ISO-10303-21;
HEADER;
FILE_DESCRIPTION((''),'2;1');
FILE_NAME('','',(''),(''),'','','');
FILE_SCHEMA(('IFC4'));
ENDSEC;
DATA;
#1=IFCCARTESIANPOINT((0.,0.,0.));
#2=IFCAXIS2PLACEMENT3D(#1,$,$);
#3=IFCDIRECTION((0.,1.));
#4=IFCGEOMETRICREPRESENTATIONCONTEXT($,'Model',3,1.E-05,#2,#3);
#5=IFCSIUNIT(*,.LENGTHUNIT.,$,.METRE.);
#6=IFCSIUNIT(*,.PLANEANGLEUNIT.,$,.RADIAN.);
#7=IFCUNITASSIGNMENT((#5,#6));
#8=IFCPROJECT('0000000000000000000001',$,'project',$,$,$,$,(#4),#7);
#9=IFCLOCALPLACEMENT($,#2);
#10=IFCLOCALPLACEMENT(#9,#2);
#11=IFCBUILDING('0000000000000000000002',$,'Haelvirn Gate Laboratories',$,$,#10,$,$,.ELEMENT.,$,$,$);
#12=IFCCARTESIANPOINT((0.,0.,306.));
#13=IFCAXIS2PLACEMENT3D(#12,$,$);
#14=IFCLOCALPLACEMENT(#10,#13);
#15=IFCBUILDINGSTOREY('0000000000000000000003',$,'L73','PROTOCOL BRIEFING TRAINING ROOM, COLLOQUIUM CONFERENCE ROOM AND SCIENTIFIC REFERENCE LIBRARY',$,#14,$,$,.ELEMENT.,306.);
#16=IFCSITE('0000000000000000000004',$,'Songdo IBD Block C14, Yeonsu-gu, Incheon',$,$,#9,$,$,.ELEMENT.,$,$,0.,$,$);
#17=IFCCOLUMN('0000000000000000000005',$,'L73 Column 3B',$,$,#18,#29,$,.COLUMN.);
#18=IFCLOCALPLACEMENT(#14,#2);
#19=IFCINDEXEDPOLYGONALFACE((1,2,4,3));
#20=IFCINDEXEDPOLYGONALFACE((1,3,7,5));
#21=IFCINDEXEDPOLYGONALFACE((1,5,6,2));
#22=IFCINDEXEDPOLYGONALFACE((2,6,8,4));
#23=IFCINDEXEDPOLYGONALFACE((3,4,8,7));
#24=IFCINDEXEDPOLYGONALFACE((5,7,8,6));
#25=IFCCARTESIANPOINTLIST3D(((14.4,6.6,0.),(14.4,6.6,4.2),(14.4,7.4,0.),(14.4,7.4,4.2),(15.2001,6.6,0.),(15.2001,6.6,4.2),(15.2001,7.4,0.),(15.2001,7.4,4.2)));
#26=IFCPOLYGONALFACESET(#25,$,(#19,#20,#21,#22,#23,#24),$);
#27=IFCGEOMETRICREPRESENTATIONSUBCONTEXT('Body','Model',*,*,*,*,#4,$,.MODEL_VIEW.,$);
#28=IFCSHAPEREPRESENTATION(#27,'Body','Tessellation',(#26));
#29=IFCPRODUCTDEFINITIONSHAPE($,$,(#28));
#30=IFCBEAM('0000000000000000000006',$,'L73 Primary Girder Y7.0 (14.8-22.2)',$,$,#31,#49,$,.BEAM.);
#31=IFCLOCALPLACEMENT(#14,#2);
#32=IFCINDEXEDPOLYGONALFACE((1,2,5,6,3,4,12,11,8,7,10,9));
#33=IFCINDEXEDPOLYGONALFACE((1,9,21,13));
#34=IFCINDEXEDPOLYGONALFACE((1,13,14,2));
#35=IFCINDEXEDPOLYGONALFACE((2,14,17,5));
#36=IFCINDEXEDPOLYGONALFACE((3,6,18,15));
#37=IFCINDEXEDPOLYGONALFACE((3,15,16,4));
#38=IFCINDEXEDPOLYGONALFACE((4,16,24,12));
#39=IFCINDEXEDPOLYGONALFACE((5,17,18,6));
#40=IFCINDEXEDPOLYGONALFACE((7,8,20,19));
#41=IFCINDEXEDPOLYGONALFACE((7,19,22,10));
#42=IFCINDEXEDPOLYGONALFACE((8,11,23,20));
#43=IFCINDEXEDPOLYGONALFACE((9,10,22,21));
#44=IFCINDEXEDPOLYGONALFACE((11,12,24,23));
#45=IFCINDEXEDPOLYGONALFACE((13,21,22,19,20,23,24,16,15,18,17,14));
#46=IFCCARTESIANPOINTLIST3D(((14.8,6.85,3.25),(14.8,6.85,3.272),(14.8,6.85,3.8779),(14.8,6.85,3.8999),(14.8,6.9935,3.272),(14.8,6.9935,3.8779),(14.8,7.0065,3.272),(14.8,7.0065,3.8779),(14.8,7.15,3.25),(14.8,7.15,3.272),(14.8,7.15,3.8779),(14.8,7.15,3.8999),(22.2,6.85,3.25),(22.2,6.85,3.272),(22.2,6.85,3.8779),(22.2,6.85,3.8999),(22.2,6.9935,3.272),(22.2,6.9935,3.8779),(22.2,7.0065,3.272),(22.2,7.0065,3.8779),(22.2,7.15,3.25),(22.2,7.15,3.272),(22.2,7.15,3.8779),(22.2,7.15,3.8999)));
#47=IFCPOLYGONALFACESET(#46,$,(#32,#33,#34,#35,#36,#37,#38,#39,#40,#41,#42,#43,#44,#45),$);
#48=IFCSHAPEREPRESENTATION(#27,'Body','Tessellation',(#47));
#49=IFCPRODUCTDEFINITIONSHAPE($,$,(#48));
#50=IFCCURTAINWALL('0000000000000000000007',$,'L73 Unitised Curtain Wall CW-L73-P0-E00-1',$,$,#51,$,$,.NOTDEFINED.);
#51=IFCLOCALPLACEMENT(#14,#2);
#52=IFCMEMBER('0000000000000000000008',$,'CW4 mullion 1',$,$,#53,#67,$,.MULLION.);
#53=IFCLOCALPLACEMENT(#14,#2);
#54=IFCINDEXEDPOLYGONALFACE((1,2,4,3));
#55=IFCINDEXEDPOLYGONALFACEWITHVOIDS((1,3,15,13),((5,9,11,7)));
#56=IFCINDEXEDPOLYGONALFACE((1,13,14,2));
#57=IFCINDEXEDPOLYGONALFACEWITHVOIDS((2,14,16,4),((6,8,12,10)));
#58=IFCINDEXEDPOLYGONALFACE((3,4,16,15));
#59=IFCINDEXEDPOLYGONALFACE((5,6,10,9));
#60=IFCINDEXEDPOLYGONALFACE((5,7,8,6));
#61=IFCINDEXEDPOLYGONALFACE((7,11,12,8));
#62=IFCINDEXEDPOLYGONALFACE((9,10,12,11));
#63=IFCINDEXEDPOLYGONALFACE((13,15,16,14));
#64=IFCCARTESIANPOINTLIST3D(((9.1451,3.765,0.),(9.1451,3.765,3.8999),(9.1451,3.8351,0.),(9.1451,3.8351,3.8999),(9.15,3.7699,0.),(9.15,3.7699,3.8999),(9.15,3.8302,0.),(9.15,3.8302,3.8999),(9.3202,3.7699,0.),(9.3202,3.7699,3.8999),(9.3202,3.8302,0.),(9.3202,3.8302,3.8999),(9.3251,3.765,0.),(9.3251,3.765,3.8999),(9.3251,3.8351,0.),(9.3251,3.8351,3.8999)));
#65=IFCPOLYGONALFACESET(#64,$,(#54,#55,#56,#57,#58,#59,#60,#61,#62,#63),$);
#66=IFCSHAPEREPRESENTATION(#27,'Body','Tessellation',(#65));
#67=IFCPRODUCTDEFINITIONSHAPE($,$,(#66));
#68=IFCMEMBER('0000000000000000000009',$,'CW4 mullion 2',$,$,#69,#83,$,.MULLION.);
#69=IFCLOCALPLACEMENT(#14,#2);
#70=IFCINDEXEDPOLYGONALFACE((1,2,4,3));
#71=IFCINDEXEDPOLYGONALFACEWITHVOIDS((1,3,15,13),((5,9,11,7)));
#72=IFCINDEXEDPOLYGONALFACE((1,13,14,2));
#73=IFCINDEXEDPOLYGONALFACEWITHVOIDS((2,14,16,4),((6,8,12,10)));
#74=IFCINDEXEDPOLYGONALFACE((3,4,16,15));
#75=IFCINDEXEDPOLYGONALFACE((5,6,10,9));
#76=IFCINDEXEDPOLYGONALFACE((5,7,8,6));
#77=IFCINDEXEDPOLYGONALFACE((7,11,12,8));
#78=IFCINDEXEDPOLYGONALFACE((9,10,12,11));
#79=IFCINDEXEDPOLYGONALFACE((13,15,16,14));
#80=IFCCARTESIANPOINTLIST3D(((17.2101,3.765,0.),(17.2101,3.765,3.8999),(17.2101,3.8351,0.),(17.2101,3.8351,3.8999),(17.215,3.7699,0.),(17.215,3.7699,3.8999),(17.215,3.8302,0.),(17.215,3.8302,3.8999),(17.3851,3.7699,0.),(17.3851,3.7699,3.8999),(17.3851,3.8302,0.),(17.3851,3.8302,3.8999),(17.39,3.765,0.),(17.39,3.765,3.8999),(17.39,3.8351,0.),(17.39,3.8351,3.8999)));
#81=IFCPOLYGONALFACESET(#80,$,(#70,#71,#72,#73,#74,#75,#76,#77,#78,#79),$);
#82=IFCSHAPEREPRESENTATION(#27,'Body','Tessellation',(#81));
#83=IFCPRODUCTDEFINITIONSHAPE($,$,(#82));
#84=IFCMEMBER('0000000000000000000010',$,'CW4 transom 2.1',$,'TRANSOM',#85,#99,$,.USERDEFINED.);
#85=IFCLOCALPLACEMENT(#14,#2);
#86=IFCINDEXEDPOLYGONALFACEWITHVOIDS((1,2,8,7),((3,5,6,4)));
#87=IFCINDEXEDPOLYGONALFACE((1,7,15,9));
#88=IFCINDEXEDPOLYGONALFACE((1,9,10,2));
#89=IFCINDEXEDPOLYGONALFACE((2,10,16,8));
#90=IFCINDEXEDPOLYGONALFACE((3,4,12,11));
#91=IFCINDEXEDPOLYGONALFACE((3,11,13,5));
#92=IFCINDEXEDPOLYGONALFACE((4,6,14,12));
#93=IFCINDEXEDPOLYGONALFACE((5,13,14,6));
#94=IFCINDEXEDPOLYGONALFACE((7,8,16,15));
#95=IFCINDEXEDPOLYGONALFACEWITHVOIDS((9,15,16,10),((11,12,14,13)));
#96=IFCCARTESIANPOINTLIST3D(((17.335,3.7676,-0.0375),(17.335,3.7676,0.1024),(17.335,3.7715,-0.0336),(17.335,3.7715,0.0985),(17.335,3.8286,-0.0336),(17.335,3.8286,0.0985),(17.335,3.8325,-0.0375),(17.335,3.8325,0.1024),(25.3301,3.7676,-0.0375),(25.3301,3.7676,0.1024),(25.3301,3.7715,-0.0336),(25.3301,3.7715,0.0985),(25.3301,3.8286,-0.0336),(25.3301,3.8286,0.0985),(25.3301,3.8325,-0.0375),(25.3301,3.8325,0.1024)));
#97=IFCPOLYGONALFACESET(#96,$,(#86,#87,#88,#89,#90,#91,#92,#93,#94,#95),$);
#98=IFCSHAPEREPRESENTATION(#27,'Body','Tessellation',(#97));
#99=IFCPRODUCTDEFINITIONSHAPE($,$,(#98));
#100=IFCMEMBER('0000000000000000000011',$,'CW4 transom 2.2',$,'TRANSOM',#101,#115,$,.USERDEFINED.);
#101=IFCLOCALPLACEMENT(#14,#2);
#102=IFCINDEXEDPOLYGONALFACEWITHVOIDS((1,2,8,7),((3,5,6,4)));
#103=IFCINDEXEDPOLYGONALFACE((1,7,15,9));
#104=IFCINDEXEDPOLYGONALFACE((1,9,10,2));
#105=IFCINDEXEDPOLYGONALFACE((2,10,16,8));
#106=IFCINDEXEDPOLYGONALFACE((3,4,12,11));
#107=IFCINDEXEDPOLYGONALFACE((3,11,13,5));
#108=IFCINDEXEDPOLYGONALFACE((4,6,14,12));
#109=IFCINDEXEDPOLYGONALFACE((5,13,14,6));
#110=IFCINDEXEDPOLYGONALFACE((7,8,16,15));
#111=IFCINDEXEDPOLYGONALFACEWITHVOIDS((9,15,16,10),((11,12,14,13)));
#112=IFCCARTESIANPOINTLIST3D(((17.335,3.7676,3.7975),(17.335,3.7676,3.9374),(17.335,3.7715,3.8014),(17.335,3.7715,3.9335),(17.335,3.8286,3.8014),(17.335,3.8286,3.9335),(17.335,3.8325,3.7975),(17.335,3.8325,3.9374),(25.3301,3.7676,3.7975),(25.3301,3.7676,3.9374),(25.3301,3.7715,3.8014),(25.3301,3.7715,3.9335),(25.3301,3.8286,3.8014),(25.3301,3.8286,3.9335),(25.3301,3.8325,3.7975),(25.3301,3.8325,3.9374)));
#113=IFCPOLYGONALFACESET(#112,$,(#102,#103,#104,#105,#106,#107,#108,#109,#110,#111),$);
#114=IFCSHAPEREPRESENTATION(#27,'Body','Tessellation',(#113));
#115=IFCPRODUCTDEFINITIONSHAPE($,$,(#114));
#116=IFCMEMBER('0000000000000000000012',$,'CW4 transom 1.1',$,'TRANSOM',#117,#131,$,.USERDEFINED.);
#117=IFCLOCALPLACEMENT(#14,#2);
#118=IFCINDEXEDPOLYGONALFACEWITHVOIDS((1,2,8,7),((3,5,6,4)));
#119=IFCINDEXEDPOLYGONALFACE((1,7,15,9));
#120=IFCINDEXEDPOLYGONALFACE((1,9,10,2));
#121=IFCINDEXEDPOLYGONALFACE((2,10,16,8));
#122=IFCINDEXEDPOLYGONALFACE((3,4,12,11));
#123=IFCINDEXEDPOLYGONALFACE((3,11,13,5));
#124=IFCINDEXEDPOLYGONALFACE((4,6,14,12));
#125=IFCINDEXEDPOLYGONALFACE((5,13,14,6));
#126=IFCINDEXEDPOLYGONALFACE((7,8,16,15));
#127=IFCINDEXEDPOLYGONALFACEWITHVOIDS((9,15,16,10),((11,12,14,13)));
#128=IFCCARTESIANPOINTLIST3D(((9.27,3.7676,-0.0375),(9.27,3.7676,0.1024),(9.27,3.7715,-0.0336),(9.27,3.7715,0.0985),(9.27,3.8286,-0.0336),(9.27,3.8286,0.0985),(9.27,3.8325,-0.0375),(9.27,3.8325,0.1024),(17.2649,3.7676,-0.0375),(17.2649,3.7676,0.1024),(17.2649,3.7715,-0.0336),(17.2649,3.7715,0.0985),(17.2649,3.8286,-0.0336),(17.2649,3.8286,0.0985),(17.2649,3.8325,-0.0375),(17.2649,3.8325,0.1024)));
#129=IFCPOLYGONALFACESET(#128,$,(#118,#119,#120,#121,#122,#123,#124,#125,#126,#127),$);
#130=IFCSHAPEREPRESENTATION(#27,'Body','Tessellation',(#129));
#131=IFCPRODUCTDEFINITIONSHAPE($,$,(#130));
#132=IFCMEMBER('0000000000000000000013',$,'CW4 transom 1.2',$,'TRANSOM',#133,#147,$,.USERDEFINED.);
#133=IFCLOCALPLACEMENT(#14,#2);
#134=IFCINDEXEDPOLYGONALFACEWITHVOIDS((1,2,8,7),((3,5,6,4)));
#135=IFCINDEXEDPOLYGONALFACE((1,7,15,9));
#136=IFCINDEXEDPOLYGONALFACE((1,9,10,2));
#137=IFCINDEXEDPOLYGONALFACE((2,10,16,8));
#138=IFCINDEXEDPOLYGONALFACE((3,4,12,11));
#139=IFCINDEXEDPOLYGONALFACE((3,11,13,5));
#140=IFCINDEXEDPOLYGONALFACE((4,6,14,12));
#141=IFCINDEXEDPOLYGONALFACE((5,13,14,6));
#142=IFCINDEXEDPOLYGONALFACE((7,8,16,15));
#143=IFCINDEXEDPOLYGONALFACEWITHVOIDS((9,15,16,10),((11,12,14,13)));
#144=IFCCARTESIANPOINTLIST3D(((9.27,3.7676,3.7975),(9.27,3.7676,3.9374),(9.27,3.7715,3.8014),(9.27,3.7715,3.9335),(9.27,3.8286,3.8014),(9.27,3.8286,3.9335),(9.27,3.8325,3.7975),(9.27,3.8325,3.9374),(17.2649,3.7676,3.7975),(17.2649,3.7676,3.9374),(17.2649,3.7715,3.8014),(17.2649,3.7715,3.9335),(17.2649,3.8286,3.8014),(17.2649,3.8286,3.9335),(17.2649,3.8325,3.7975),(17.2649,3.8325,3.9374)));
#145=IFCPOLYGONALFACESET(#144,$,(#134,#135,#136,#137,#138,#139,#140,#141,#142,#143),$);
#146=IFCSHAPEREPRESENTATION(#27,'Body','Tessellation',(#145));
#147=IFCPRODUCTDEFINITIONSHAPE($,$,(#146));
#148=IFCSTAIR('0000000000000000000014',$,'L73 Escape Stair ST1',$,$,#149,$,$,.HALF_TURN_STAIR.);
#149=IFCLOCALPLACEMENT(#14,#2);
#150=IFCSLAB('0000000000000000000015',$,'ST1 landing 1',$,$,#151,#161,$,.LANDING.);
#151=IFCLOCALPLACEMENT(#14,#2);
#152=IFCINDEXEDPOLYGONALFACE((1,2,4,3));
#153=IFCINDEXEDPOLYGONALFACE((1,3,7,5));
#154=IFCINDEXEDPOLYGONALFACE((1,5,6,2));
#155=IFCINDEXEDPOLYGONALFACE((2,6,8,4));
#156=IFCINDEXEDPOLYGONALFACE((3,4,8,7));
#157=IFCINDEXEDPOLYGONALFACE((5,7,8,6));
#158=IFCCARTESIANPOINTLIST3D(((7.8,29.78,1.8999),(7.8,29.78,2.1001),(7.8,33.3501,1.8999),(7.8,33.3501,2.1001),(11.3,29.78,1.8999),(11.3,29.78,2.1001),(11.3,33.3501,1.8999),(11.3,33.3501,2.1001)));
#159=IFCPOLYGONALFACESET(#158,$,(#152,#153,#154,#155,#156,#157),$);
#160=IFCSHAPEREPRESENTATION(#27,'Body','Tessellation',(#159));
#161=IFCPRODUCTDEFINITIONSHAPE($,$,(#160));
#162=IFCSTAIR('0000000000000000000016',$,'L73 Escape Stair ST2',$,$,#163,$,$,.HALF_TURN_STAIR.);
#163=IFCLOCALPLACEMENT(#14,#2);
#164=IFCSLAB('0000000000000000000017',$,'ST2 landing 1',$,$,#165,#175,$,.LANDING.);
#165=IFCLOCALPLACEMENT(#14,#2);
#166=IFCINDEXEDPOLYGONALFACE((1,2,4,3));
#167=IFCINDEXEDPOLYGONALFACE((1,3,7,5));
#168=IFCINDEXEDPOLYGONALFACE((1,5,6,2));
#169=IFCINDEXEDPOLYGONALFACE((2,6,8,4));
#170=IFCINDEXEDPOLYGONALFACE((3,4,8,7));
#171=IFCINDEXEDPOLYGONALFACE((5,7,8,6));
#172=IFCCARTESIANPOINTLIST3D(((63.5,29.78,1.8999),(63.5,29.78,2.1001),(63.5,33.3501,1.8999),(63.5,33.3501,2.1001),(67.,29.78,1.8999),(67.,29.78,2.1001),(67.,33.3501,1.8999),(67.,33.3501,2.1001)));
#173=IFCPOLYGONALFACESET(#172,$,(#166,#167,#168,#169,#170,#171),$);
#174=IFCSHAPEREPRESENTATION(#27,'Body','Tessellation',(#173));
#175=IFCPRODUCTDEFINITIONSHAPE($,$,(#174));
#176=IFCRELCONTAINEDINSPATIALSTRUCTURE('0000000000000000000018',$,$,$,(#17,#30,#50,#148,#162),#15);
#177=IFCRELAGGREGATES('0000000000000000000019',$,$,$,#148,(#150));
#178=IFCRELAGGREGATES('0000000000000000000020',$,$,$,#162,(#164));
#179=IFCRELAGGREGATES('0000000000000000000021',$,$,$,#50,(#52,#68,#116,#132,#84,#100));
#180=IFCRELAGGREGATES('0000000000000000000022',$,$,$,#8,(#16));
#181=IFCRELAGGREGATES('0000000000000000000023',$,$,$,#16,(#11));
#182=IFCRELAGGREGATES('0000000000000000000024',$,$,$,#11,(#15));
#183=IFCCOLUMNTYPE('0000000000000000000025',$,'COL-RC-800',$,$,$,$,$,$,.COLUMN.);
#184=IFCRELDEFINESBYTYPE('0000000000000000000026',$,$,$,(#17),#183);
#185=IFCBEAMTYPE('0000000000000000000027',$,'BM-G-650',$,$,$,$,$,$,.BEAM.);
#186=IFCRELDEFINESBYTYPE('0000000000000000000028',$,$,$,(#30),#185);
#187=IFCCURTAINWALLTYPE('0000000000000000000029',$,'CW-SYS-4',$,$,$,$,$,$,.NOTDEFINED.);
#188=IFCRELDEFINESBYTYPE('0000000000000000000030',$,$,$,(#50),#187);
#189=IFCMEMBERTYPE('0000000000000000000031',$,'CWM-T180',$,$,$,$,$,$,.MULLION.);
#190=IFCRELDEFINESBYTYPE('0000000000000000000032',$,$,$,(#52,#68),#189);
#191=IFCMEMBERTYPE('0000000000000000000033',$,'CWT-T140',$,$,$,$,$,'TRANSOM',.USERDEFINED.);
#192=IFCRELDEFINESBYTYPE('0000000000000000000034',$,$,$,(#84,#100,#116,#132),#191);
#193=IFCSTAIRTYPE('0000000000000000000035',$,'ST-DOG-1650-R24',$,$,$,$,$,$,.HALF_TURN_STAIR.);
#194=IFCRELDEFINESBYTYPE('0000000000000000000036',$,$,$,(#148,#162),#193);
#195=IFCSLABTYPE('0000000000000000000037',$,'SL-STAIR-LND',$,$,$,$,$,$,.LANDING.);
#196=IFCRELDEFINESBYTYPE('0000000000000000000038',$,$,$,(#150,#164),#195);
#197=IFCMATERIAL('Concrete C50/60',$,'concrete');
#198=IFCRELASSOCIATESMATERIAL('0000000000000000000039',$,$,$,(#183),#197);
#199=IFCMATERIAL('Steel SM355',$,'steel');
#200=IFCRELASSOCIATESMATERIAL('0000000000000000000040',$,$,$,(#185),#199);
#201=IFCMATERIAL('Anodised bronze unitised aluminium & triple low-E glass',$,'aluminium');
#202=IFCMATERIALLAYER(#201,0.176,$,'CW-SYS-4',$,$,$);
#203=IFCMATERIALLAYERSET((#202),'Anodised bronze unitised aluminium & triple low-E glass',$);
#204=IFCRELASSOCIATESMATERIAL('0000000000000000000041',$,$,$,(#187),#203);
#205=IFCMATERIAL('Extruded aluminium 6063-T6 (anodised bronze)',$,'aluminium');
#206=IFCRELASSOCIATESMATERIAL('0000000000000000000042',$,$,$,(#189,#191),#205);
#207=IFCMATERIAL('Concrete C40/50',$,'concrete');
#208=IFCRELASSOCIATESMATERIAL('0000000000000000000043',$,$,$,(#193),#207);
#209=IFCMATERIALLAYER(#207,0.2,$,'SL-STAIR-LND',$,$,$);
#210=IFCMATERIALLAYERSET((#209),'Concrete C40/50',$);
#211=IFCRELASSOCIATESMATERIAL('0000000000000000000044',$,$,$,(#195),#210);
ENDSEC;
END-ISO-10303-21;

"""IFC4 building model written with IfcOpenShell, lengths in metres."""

from ifc_helpers import new_model, si_unit, direction, frame, origin, origin_2d, place, context, subcontext, project, spatial, polyline, rectangle, hollow_rectangle, i_section, outline, extrude, source, transform, mapped, material, layer, layer_set, material_profile, profile_set, type_object, type_shapes, element, aggregate, save


model = new_model("IFC4")

# Units and contexts
model_context = context("Model", 3, precision=1e-05, world=origin(), true_north=direction((0.0, 1.0)))
body_context = subcontext(model_context, "Body", "Model", "MODEL_VIEW")
ifc_project = project(units=[si_unit("LENGTHUNIT", "METRE"), si_unit("PLANEANGLEUNIT", "RADIAN")], contexts=[model_context])

# Site, building, storey
site_placement = place(None, origin())
site = spatial("IfcSite", under=ifc_project, at=site_placement, Name="Songdo IBD Block C14, Yeonsu-gu, Incheon", CompositionType="ELEMENT", RefElevation=0.0)
building_placement = place(site_placement, origin())
building = spatial("IfcBuilding", under=site, at=building_placement, Name="Haelvirn Gate Laboratories", CompositionType="ELEMENT")
storey_placement = place(building_placement, frame((0.0, 0.0, 306.0)))
storey = spatial("IfcBuildingStorey", under=building, at=storey_placement, Name="L73", Description="PROTOCOL BRIEFING TRAINING ROOM, COLLOQUIUM CONFERENCE ROOM AND SCIENTIFIC REFERENCE LIBRARY", CompositionType="ELEMENT", Elevation=306.0)

# Column
ifc_material_1 = material(Name="Concrete C50/60", Category="concrete")
ifc_material_profile_1 = material_profile(ifc_material_1, rectangle(XDim=0.8, YDim=0.8, at=origin_2d()), Name="RC-800x800")
ifc_profile_set_1 = profile_set([ifc_material_profile_1], Name="Concrete C50/60")
column_type = type_object("IfcColumnType", Name="COL-RC-800", PredefinedType="COLUMN", material=ifc_profile_set_1)
shared_shape_1 = source(origin(), body_context, "Body", "SweptSolid", [
    extrude(rectangle(XDim=0.8, YDim=0.8, at=origin_2d()), origin(), (0.0, 0.0, 1.0), 4.2),
])
type_shapes(column_type, [shared_shape_1])
column_placement = place(storey_placement, frame((14.8, 7.0, 0.0), z_axis=(0.0, 0.0, 1.0), x_axis=(1.0, 0.0, 0.0)))
element("IfcColumn", 1, at=column_placement, inside=storey, type_object=column_type, Name="L73 Column 3B", PredefinedType="COLUMN", context=body_context, shape_type="MappedRepresentation", body=[
    mapped(shared_shape_1, transform((0.0, 0.0, 0.0), scale=1.0)),
])

# Beam
ifc_material_2 = material(Name="Steel SM355", Category="steel")
ifc_material_profile_2 = material_profile(ifc_material_2, i_section(OverallWidth=0.3, OverallDepth=0.6499, WebThickness=0.0129, FlangeThickness=0.022, at=origin_2d()), Name="H-650x300x13x22")
ifc_profile_set_2 = profile_set([ifc_material_profile_2], Name="Steel SM355")
beam_type = type_object("IfcBeamType", Name="BM-G-650", PredefinedType="BEAM", material=ifc_profile_set_2)
shared_shape_2 = source(origin(), body_context, "Body", "SweptSolid", [
    extrude(i_section(OverallWidth=0.3, OverallDepth=0.6499, WebThickness=0.0129, FlangeThickness=0.022, at=origin_2d()), origin(), (0.0, 0.0, 1.0), 7.3999),
])
type_shapes(beam_type, [shared_shape_2])
beam_placement = place(storey_placement, frame((14.8, 7.0, 3.575), z_axis=(1.0, 0.0, 0.0), x_axis=(0.0, 1.0, 0.0)))
element("IfcBeam", 2, at=beam_placement, inside=storey, type_object=beam_type, Name="L73 Primary Girder Y7.0 (14.8-22.2)", PredefinedType="BEAM", context=body_context, shape_type="MappedRepresentation", body=[
    mapped(shared_shape_2, transform((0.0, 0.0, 0.0), scale=1.0)),
])

# Curtain wall, members
ifc_material_3 = material(Name="Anodised bronze unitised aluminium & triple low-E glass", Category="aluminium")
ifc_layer_1 = layer(ifc_material_3, 0.176, Name="CW-SYS-4")
ifc_layer_set_1 = layer_set([ifc_layer_1], Name="Anodised bronze unitised aluminium & triple low-E glass")
curtain_wall_type = type_object("IfcCurtainWallType", Name="CW-SYS-4", PredefinedType="NOTDEFINED", material=ifc_layer_set_1)
curtain_wall_placement = place(storey_placement, origin())
curtain_wall = element("IfcCurtainWall", 3, at=curtain_wall_placement, inside=storey, type_object=curtain_wall_type, Name="L73 Unitised Curtain Wall CW-L73-P0-E00-1", PredefinedType="NOTDEFINED")
ifc_material_4 = material(Name="Extruded aluminium 6063-T6 (anodised bronze)", Category="aluminium")
ifc_material_profile_3 = material_profile(ifc_material_4, hollow_rectangle(XDim=0.0701, YDim=0.1799, WallThickness=0.0049, at=origin_2d()), Name="CWM-180x70x5")
ifc_profile_set_3 = profile_set([ifc_material_profile_3], Name="Extruded aluminium 6063-T6 (anodised bronze)")
member_type_1 = type_object("IfcMemberType", Name="CWM-T180", PredefinedType="MULLION", material=ifc_profile_set_3)
shared_shape_3 = source(origin(), body_context, "Body", "SweptSolid", [
    extrude(hollow_rectangle(XDim=0.0701, YDim=0.1799, WallThickness=0.0049, at=origin_2d()), origin(), (0.0, 0.0, 1.0), 3.8999),
])
type_shapes(member_type_1, [shared_shape_3])
member_1_placement = place(storey_placement, frame((9.2351, 3.8, 0.0), z_axis=(0.0, 0.0, 1.0), x_axis=(0.0, 1.0, 0.0)))
member_1 = element("IfcMember", 4, at=member_1_placement, type_object=member_type_1, Name="CW4 mullion 1", PredefinedType="MULLION", context=body_context, shape_type="MappedRepresentation", body=[
    mapped(shared_shape_3, transform((0.0, 0.0, 0.0), scale=1.0)),
])
member_2_placement = place(storey_placement, frame((17.3, 3.8, 0.0), z_axis=(0.0, 0.0, 1.0), x_axis=(0.0, 1.0, 0.0)))
member_2 = element("IfcMember", 5, at=member_2_placement, type_object=member_type_1, Name="CW4 mullion 2", PredefinedType="MULLION", context=body_context, shape_type="MappedRepresentation", body=[
    mapped(shared_shape_3, transform((0.0, 0.0, 0.0), scale=1.0)),
])
ifc_material_profile_4 = material_profile(ifc_material_4, hollow_rectangle(XDim=0.0649, YDim=0.1399, WallThickness=0.0039, at=origin_2d()), Name="CWT-140x65x4")
ifc_profile_set_4 = profile_set([ifc_material_profile_4], Name="Extruded aluminium 6063-T6 (anodised bronze)")
member_type_2 = type_object("IfcMemberType", Name="CWT-T140", ElementType="TRANSOM", PredefinedType="USERDEFINED", material=ifc_profile_set_4)
shared_shape_4 = source(origin(), body_context, "Body", "SweptSolid", [
    extrude(hollow_rectangle(XDim=0.0649, YDim=0.1399, WallThickness=0.0039, at=origin_2d()), origin(), (0.0, 0.0, 1.0), 7.9951),
])
member_3_placement = place(storey_placement, frame((17.335, 3.8, 0.0325), z_axis=(1.0, 0.0, 0.0), x_axis=(0.0, 1.0, 0.0)))
member_3 = element("IfcMember", 6, at=member_3_placement, type_object=member_type_2, Name="CW4 transom 2.1", ObjectType="TRANSOM", PredefinedType="USERDEFINED", context=body_context, shape_type="MappedRepresentation", body=[
    mapped(shared_shape_4, transform((0.0, 0.0, 0.0), scale=1.0)),
])
member_4_placement = place(storey_placement, frame((17.335, 3.8, 3.8674), z_axis=(1.0, 0.0, 0.0), x_axis=(0.0, 1.0, 0.0)))
member_4 = element("IfcMember", 7, at=member_4_placement, type_object=member_type_2, Name="CW4 transom 2.2", ObjectType="TRANSOM", PredefinedType="USERDEFINED", context=body_context, shape_type="MappedRepresentation", body=[
    mapped(shared_shape_4, transform((0.0, 0.0, 0.0), scale=1.0)),
])
shared_shape_5 = source(origin(), body_context, "Body", "SweptSolid", [
    extrude(hollow_rectangle(XDim=0.0649, YDim=0.1399, WallThickness=0.0039, at=origin_2d()), origin(), (0.0, 0.0, 1.0), 7.9949),
])
type_shapes(member_type_2, [shared_shape_4, shared_shape_5])
member_5_placement = place(storey_placement, frame((9.27, 3.8, 0.0325), z_axis=(1.0, 0.0, 0.0), x_axis=(0.0, 1.0, 0.0)))
member_5 = element("IfcMember", 8, at=member_5_placement, type_object=member_type_2, Name="CW4 transom 1.1", ObjectType="TRANSOM", PredefinedType="USERDEFINED", context=body_context, shape_type="MappedRepresentation", body=[
    mapped(shared_shape_5, transform((0.0, 0.0, 0.0), scale=1.0)),
])
member_6_placement = place(storey_placement, frame((9.27, 3.8, 3.8674), z_axis=(1.0, 0.0, 0.0), x_axis=(0.0, 1.0, 0.0)))
member_6 = element("IfcMember", 9, at=member_6_placement, type_object=member_type_2, Name="CW4 transom 1.2", ObjectType="TRANSOM", PredefinedType="USERDEFINED", context=body_context, shape_type="MappedRepresentation", body=[
    mapped(shared_shape_5, transform((0.0, 0.0, 0.0), scale=1.0)),
])

# Stairs, slabs
ifc_material_5 = material(Name="Concrete C40/50", Category="concrete")
stair_type = type_object("IfcStairType", Name="ST-DOG-1650-R24", PredefinedType="HALF_TURN_STAIR", material=ifc_material_5)
stair_1_placement = place(storey_placement, origin())
stair_1 = element("IfcStair", 10, at=stair_1_placement, inside=storey, type_object=stair_type, Name="L73 Escape Stair ST1", PredefinedType="HALF_TURN_STAIR")
ifc_layer_2 = layer(ifc_material_5, 0.2, Name="SL-STAIR-LND")
ifc_layer_set_2 = layer_set([ifc_layer_2], Name="Concrete C40/50")
slab_type_1 = type_object("IfcSlabType", Name="SL-STAIR-LND", PredefinedType="LANDING", material=ifc_layer_set_2)
slab_1_placement = place(storey_placement, frame((0.0, 0.0, 1.8999)))
slab_1 = element("IfcSlab", 11, at=slab_1_placement, type_object=slab_type_1, Name="ST1 landing 1", PredefinedType="LANDING", context=body_context, shape_type="SweptSolid", body=[
    extrude(outline(polyline([(11.3, 29.78), (11.3, 33.3501), (7.8, 33.3501), (7.8, 29.78), (11.3, 29.78)])), origin(), (0.0, 0.0, 1.0), 0.2002),
])
aggregate(stair_1, [slab_1])
stair_2_placement = place(storey_placement, origin())
stair_2 = element("IfcStair", 12, at=stair_2_placement, inside=storey, type_object=stair_type, Name="L73 Escape Stair ST2", PredefinedType="HALF_TURN_STAIR")
slab_2_placement = place(storey_placement, frame((0.0, 0.0, 1.8999)))
slab_2 = element("IfcSlab", 13, at=slab_2_placement, type_object=slab_type_1, Name="ST2 landing 1", PredefinedType="LANDING", context=body_context, shape_type="SweptSolid", body=[
    extrude(outline(polyline([(67.0, 29.78), (67.0, 33.3501), (63.5, 33.3501), (63.5, 29.78), (67.0, 29.78)])), origin(), (0.0, 0.0, 1.0), 0.2002),
])
aggregate(stair_2, [slab_2])

aggregate(curtain_wall, [member_1, member_2, member_5, member_6, member_3, member_4])

save(model, "model.ifc")
